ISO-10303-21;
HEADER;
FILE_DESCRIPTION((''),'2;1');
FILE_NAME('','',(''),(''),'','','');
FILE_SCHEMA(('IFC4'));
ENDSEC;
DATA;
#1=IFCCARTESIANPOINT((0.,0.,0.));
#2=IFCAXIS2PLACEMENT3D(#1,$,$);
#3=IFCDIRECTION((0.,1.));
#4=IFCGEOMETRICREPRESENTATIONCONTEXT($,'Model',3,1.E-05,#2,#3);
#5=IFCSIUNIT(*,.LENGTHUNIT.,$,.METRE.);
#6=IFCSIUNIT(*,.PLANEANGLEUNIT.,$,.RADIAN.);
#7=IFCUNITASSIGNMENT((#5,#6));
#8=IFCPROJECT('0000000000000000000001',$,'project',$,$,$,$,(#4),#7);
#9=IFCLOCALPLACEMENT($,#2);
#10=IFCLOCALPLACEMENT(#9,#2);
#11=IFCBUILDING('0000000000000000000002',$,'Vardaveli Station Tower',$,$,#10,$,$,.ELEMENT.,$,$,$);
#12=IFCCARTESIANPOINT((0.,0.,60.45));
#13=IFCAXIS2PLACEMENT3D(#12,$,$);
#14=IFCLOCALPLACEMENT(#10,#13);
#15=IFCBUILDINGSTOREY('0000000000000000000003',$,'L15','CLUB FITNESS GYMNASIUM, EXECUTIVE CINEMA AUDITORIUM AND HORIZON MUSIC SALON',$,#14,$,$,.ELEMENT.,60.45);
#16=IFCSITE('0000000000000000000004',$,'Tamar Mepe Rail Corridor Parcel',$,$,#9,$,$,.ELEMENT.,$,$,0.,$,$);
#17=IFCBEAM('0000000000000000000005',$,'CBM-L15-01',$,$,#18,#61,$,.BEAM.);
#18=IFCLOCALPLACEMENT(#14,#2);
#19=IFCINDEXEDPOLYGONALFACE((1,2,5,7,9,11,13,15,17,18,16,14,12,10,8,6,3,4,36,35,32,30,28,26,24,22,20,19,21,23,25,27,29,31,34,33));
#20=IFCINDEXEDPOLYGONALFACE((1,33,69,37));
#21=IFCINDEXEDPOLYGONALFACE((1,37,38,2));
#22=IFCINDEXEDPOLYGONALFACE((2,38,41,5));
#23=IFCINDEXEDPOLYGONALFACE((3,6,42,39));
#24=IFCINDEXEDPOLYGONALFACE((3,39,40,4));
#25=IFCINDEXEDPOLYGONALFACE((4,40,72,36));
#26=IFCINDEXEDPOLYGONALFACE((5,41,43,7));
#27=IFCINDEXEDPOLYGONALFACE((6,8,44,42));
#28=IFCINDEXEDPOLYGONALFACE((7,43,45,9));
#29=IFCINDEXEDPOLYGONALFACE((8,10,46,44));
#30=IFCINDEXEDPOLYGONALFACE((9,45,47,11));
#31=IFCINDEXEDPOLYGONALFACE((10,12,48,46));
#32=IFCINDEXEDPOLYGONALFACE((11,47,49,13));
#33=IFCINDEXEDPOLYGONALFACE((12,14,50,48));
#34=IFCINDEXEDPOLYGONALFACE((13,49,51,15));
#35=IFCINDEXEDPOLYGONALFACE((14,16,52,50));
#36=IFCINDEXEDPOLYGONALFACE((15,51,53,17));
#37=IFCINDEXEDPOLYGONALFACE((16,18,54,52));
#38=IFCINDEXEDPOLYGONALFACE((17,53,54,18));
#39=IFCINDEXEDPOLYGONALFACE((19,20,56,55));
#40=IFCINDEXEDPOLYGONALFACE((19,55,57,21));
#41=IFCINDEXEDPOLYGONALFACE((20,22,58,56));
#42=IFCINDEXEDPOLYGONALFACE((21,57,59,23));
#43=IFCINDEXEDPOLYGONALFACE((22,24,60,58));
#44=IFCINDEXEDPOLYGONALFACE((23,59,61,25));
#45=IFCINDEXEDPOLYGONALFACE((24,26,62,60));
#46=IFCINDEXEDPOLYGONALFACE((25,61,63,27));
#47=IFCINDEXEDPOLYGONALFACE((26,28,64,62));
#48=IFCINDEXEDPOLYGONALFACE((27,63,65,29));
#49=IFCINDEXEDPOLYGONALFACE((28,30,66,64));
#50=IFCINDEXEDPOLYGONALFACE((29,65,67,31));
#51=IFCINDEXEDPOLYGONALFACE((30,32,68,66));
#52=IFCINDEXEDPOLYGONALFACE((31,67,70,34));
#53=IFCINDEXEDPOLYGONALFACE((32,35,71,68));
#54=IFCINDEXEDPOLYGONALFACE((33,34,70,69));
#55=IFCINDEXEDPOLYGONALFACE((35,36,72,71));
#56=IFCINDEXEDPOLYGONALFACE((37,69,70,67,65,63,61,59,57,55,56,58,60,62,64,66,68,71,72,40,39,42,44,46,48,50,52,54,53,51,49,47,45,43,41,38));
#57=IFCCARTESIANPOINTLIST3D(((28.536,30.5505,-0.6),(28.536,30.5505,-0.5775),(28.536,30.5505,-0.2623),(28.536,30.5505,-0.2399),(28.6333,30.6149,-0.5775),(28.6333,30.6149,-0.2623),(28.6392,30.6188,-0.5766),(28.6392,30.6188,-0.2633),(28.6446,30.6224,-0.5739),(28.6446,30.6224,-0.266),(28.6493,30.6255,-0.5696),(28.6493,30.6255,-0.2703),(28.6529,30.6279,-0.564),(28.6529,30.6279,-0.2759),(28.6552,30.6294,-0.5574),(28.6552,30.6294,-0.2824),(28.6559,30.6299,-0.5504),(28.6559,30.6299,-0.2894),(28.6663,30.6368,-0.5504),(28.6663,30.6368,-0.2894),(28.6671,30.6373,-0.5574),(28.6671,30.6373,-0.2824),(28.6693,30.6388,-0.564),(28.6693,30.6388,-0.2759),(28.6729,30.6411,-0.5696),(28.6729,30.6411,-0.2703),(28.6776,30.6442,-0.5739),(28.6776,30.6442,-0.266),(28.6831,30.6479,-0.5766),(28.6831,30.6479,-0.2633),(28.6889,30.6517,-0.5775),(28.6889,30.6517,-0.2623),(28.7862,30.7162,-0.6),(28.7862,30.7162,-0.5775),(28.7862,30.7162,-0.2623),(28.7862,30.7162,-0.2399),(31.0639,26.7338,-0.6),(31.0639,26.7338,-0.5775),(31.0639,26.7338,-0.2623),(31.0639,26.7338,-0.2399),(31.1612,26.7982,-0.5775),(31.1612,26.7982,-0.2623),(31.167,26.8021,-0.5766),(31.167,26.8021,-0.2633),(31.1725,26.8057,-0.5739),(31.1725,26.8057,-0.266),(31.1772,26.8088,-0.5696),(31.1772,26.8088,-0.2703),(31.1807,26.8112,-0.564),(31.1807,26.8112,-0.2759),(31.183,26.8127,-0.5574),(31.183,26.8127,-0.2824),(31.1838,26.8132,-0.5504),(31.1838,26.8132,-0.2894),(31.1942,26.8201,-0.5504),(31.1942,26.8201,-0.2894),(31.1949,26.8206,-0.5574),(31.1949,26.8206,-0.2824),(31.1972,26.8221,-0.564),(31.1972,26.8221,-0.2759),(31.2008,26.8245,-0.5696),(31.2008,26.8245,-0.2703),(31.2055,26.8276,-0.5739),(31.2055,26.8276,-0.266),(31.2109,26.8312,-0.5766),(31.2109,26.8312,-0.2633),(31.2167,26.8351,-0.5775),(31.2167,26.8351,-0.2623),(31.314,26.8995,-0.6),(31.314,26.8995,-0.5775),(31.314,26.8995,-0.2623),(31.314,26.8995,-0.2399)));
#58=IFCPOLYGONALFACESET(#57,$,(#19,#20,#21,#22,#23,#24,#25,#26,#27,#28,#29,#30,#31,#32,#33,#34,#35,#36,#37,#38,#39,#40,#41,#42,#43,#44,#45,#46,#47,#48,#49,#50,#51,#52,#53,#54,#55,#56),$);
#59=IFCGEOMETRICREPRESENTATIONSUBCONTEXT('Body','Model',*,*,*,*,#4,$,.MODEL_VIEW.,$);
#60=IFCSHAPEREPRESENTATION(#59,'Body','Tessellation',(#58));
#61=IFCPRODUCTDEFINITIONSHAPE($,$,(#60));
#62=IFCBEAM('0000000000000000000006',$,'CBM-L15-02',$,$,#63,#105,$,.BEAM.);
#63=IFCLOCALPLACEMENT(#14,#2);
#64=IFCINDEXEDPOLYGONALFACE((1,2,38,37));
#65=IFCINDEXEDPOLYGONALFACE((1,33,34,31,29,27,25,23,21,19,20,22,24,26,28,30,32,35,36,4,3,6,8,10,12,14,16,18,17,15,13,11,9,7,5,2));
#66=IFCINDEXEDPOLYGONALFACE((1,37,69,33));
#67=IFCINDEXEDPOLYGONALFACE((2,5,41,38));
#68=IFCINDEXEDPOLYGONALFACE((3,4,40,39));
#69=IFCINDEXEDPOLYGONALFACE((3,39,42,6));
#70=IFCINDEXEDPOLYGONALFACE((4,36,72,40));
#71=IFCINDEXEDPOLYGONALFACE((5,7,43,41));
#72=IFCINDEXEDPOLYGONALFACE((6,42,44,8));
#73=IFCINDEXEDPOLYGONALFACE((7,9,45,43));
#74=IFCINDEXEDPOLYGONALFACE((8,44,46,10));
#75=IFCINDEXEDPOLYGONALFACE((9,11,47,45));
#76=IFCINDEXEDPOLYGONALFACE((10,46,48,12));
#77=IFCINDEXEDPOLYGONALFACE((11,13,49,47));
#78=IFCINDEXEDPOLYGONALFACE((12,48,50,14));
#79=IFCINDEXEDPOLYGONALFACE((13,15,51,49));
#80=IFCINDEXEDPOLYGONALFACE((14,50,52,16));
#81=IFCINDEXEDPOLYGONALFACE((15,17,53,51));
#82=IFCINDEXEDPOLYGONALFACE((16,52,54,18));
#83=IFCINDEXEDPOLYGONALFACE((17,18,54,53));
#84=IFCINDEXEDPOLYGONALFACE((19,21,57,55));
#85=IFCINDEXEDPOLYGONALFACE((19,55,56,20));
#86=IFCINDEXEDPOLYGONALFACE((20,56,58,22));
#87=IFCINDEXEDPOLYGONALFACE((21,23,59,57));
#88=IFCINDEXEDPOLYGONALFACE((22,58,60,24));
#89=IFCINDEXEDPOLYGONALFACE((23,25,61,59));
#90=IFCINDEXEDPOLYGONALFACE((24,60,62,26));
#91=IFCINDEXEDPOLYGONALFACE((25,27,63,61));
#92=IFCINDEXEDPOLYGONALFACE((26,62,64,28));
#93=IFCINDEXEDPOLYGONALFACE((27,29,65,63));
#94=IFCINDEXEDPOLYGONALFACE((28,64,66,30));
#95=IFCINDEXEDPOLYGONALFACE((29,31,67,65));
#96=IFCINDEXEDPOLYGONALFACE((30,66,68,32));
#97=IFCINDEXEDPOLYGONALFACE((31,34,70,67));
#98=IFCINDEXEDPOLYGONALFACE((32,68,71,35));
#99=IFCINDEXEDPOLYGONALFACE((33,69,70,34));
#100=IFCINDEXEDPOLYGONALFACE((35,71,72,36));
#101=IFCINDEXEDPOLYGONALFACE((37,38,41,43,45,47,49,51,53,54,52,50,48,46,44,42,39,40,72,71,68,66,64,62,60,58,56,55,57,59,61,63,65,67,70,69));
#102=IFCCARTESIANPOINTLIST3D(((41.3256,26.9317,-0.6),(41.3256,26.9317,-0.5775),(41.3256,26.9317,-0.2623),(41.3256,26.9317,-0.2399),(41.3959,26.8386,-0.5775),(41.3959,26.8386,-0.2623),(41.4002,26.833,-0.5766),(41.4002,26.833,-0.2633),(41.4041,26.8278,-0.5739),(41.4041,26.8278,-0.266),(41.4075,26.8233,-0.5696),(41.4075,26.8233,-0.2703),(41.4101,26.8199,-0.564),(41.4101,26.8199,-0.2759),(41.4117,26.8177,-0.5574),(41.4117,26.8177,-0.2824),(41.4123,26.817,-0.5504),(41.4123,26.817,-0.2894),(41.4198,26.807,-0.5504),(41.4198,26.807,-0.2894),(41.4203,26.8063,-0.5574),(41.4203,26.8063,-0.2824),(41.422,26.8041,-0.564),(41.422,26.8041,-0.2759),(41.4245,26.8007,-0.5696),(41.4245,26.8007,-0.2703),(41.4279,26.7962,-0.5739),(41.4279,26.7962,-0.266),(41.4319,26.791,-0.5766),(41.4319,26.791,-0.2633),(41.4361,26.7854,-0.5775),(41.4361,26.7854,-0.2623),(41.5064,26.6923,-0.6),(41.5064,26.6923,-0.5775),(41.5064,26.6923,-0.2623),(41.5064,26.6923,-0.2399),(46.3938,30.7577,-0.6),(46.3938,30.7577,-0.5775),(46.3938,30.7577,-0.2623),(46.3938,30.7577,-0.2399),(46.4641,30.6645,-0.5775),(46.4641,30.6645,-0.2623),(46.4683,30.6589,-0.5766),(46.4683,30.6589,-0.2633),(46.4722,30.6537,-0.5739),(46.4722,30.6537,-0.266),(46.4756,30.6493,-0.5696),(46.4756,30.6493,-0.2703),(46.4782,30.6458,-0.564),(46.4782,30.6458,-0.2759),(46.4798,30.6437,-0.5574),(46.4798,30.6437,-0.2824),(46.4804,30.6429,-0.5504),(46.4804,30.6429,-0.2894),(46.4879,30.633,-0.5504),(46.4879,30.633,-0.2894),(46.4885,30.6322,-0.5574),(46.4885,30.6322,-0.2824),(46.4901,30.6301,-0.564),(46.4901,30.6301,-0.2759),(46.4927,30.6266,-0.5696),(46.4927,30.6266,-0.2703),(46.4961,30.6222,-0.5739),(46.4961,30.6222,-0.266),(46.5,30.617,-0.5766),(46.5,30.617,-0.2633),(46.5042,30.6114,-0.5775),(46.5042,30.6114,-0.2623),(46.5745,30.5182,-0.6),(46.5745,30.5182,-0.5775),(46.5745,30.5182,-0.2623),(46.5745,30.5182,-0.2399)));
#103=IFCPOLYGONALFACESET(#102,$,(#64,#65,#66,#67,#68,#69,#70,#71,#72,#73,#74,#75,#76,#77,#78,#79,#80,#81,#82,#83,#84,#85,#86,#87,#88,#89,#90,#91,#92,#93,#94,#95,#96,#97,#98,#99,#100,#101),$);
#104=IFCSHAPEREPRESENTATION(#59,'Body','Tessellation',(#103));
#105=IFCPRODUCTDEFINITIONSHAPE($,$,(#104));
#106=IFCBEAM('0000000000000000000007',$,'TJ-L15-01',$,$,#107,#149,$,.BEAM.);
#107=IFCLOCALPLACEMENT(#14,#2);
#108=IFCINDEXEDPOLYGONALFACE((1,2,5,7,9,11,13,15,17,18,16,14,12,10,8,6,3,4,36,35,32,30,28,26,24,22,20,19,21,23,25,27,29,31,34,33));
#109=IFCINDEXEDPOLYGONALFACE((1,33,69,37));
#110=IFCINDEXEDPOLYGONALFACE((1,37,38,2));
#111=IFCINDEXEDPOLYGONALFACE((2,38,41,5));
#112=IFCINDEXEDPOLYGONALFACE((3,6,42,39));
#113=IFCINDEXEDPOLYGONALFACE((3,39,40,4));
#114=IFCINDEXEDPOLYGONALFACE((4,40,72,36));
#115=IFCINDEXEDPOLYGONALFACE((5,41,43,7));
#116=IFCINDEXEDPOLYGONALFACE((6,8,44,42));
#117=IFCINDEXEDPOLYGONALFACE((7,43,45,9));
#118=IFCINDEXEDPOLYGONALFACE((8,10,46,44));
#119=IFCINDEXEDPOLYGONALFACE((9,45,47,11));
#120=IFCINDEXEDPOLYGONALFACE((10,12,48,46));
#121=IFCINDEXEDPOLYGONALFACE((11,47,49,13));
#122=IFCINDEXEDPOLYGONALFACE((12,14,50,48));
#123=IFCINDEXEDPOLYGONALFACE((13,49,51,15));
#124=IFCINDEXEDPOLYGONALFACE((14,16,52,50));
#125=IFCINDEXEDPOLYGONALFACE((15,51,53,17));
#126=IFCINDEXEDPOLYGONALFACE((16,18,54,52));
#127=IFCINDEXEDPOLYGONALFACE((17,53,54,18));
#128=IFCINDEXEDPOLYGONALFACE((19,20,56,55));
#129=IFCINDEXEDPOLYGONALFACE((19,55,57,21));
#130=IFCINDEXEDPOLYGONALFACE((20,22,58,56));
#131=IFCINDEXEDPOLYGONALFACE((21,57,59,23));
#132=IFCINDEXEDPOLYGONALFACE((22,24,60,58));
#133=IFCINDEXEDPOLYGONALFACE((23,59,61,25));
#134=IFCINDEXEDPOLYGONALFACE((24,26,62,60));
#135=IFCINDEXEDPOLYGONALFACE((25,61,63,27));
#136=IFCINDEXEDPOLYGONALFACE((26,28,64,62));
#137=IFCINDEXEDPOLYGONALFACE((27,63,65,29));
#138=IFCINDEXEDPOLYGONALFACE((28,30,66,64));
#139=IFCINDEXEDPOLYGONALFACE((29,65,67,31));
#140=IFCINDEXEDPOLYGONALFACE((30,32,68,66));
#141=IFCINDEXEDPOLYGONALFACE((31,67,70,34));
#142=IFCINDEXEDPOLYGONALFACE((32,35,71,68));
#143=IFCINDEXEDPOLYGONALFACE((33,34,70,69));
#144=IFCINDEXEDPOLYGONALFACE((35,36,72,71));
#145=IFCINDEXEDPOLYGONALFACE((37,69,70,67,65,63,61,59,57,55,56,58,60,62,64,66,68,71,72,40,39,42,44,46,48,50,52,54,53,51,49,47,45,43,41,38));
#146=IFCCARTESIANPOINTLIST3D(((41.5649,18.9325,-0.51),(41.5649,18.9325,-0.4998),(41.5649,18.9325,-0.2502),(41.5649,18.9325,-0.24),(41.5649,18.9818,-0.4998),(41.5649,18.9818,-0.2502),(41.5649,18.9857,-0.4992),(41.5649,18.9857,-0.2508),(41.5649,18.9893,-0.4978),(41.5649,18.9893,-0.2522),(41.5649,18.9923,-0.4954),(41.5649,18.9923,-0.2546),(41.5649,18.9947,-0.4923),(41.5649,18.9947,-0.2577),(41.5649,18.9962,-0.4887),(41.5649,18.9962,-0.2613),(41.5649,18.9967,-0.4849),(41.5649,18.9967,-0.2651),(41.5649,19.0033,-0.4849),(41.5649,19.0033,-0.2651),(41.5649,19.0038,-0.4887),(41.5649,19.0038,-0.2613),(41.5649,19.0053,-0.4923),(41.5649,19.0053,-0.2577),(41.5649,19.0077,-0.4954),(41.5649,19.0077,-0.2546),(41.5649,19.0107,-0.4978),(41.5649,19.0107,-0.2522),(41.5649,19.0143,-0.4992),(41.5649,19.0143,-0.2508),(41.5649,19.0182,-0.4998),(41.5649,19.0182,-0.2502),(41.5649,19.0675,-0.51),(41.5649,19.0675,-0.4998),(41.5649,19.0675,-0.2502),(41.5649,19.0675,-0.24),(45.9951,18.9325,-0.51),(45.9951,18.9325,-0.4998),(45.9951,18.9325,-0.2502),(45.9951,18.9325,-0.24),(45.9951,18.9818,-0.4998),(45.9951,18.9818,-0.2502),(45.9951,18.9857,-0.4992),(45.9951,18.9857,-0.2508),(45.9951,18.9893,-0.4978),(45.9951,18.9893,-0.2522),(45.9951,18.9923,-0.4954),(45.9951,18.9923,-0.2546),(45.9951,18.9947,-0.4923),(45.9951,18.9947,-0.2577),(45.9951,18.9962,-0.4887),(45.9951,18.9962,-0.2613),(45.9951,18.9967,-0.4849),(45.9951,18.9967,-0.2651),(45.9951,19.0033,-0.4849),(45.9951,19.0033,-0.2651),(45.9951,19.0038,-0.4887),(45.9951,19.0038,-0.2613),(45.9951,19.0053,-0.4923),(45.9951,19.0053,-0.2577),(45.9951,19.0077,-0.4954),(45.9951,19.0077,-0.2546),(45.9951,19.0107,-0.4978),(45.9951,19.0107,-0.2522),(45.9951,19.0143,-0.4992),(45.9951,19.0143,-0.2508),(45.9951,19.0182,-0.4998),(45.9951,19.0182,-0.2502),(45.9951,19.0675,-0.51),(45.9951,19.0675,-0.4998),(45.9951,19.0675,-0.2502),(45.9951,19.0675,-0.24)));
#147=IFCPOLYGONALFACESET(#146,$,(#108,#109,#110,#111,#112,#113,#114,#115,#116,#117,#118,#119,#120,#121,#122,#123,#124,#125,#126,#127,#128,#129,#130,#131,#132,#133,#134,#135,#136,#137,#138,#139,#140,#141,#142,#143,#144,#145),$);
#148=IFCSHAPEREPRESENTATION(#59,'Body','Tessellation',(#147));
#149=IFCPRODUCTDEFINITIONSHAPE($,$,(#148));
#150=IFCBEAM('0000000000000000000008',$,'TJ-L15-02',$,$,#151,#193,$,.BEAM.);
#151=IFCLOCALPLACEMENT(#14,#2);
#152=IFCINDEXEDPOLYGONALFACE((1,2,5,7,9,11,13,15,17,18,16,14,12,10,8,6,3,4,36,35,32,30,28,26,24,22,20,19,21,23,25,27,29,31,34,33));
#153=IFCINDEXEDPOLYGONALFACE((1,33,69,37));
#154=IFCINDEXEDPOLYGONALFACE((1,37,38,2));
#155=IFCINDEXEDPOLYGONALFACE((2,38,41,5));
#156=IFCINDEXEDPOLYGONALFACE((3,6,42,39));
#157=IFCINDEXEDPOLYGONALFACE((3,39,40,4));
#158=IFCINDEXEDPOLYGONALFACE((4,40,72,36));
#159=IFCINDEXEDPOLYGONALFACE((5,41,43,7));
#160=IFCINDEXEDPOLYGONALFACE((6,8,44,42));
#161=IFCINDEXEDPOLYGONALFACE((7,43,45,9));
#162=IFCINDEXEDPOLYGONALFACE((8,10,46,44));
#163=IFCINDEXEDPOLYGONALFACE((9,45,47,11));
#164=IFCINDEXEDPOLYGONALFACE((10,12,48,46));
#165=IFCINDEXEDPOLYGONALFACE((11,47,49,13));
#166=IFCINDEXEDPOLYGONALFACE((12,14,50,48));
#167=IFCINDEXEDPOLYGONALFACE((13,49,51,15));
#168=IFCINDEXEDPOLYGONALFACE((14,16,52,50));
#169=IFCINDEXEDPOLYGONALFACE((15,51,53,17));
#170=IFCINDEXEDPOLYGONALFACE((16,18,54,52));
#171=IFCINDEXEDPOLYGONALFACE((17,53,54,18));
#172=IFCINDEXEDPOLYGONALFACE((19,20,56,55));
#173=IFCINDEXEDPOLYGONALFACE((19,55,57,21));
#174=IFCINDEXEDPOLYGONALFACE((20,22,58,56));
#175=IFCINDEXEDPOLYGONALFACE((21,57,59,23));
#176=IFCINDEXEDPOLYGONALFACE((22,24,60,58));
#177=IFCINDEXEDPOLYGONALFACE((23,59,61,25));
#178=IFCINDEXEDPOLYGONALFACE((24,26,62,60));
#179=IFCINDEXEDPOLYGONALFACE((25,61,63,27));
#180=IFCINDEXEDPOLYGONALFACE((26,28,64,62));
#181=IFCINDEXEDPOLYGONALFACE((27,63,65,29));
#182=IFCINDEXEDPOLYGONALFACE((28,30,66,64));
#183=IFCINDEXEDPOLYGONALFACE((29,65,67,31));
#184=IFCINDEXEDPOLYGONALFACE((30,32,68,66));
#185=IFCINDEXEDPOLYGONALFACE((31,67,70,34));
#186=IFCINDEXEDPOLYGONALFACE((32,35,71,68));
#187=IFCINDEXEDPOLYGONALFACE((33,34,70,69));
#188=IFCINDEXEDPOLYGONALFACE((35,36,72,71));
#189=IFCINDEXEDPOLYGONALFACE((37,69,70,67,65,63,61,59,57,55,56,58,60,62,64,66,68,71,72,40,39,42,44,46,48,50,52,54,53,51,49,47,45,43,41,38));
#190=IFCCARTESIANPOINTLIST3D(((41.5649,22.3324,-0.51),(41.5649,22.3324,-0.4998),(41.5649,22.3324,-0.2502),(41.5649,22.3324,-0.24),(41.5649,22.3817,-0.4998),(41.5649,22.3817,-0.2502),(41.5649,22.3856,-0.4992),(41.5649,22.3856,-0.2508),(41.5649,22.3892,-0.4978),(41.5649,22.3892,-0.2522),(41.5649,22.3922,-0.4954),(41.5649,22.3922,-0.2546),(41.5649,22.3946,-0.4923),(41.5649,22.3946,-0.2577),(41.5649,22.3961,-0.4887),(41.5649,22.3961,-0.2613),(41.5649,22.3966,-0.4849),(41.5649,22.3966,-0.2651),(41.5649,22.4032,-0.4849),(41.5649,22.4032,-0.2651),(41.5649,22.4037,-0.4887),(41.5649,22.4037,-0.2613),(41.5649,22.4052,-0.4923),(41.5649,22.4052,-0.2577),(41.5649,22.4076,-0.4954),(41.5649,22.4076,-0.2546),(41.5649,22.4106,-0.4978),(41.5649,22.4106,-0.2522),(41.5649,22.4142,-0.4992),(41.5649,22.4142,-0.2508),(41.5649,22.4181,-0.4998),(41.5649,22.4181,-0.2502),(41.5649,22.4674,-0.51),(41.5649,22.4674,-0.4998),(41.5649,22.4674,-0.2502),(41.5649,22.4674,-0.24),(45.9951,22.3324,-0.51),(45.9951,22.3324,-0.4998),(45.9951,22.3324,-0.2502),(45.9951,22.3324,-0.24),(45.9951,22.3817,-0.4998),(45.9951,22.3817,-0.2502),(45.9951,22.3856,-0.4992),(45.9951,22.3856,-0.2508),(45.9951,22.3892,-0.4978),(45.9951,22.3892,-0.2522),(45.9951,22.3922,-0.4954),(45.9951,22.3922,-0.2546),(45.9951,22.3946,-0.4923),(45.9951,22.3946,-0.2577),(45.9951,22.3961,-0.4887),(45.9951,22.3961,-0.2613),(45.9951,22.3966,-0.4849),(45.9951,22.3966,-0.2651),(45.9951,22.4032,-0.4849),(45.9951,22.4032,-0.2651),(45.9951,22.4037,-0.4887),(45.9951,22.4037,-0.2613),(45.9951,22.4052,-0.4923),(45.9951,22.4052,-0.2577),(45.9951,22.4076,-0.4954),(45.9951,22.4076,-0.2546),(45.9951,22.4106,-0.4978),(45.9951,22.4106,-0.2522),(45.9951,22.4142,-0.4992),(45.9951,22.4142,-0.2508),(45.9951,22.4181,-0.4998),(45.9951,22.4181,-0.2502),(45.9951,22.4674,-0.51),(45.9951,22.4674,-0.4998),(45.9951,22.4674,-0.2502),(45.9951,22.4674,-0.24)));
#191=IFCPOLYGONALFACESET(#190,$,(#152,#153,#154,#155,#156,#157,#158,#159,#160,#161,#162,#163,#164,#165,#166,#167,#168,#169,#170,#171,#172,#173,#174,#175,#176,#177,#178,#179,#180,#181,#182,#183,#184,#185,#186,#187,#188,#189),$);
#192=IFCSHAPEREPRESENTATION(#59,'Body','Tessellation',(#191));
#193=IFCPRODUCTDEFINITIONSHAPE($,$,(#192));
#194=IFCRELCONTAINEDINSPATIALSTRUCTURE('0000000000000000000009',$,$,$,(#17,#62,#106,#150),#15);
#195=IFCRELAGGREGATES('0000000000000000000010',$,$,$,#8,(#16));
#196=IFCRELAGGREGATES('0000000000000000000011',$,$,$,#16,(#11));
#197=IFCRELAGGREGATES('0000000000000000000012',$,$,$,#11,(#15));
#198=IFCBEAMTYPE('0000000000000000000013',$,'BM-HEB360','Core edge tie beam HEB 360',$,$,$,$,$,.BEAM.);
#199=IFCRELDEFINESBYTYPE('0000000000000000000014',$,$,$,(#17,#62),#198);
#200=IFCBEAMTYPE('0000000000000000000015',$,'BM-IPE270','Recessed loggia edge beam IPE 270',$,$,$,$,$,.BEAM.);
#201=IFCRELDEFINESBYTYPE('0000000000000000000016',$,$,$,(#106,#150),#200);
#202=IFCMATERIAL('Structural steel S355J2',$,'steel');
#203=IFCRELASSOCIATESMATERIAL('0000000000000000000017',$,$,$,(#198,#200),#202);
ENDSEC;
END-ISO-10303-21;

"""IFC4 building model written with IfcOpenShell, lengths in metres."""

from ifc_helpers import new_model, si_unit, direction, frame, origin, origin_2d, place, context, subcontext, project, spatial, i_section, extrude, source, transform, mapped, material, material_profile, profile_set, type_object, element, save


model = new_model("IFC4")

# Units and contexts
model_context = context("Model", 3, precision=1e-05, world=origin(), true_north=direction((0.0, 1.0)))
body_context = subcontext(model_context, "Body", "Model", "MODEL_VIEW")
ifc_project = project(units=[si_unit("LENGTHUNIT", "METRE"), si_unit("PLANEANGLEUNIT", "RADIAN")], contexts=[model_context])

# Site, building, storey
site_placement = place(None, origin())
site = spatial("IfcSite", under=ifc_project, at=site_placement, Name="Tamar Mepe Rail Corridor Parcel", CompositionType="ELEMENT", RefElevation=0.0)
building_placement = place(site_placement, origin())
building = spatial("IfcBuilding", under=site, at=building_placement, Name="Vardaveli Station Tower", CompositionType="ELEMENT")
storey_placement = place(building_placement, frame((0.0, 0.0, 60.45)))
storey = spatial("IfcBuildingStorey", under=building, at=storey_placement, Name="L15", Description="CLUB FITNESS GYMNASIUM, EXECUTIVE CINEMA AUDITORIUM AND HORIZON MUSIC SALON", CompositionType="ELEMENT", Elevation=60.45)

# Beams
ifc_material_1 = material(Name="Structural steel S355J2", Category="steel")
ifc_material_profile_1 = material_profile(ifc_material_1, i_section(OverallWidth=0.3, OverallDepth=0.3601, WebThickness=0.0125, FlangeThickness=0.0225, FilletRadius=0.0271, at=origin_2d()), Name="HEB 360")
ifc_profile_set_1 = profile_set([ifc_material_profile_1], Name="Structural steel S355J2")
beam_type_1 = type_object("IfcBeamType", Name="BM-HEB360", Description="Core edge tie beam HEB 360", PredefinedType="BEAM", material=ifc_profile_set_1)
shared_shape_1 = source(origin(), body_context, "Body", "SweptSolid", [
    extrude(i_section(OverallWidth=0.3, OverallDepth=0.3601, WebThickness=0.0125, FlangeThickness=0.0225, FilletRadius=0.0271, at=origin_2d()), origin(), (0.0, 0.0, 1.0), 4.5779),
])
beam_1_placement = place(storey_placement, frame((31.189, 26.8167, -0.4199), z_axis=(-0.552187, 0.83372, 0.0), x_axis=(-0.83372, -0.552187, 0.0)))
element("IfcBeam", 1, at=beam_1_placement, inside=storey, type_object=beam_type_1, Name="CBM-L15-01", PredefinedType="BEAM", context=body_context, shape_type="MappedRepresentation", body=[
    mapped(shared_shape_1, transform((0.0, 0.0, 0.0), scale=1.0)),
])
shared_shape_2 = source(origin(), body_context, "Body", "SweptSolid", [
    extrude(i_section(OverallWidth=0.3, OverallDepth=0.3601, WebThickness=0.0125, FlangeThickness=0.0225, FilletRadius=0.0271, at=origin_2d()), origin(), (0.0, 0.0, 1.0), 6.3501),
])
beam_2_placement = place(storey_placement, frame((41.416, 26.812, -0.4199), z_axis=(0.798118, 0.602501, 0.0), x_axis=(-0.602501, 0.798118, 0.0)))
element("IfcBeam", 2, at=beam_2_placement, inside=storey, type_object=beam_type_1, Name="CBM-L15-02", PredefinedType="BEAM", context=body_context, shape_type="MappedRepresentation", body=[
    mapped(shared_shape_2, transform((0.0, 0.0, 0.0), scale=1.0)),
])
ifc_material_profile_2 = material_profile(ifc_material_1, i_section(OverallWidth=0.135, OverallDepth=0.27, WebThickness=0.0066, FlangeThickness=0.0103, FilletRadius=0.0149, at=origin_2d()), Name="IPE 270")
ifc_profile_set_2 = profile_set([ifc_material_profile_2], Name="Structural steel S355J2")
beam_type_2 = type_object("IfcBeamType", Name="BM-IPE270", Description="Recessed loggia edge beam IPE 270", PredefinedType="BEAM", material=ifc_profile_set_2)
shared_shape_3 = source(origin(), body_context, "Body", "SweptSolid", [
    extrude(i_section(OverallWidth=0.135, OverallDepth=0.27, WebThickness=0.0066, FlangeThickness=0.0103, FilletRadius=0.0149, at=origin_2d()), origin(), (0.0, 0.0, 1.0), 4.4302),
])
for number, where, z_axis, x_axis, name in (
    (3, (41.5649, 19.0, -0.375), (1.0, 0.0, 0.0), (0.0, 1.0, 0.0), "TJ-L15-01"),
    (4, (41.5649, 22.3999, -0.375), (1.0, 0.0, 0.0), (0.0, 1.0, 0.0), "TJ-L15-02"),
):
    element("IfcBeam", number, at=place(storey_placement, frame(where, z_axis=z_axis, x_axis=x_axis)), inside=storey, type_object=beam_type_2, Name=name, PredefinedType="BEAM", context=body_context, shape_type="MappedRepresentation", body=[
        mapped(shared_shape_3, transform((0.0, 0.0, 0.0), scale=1.0)),
    ])

save(model, "model.ifc")
